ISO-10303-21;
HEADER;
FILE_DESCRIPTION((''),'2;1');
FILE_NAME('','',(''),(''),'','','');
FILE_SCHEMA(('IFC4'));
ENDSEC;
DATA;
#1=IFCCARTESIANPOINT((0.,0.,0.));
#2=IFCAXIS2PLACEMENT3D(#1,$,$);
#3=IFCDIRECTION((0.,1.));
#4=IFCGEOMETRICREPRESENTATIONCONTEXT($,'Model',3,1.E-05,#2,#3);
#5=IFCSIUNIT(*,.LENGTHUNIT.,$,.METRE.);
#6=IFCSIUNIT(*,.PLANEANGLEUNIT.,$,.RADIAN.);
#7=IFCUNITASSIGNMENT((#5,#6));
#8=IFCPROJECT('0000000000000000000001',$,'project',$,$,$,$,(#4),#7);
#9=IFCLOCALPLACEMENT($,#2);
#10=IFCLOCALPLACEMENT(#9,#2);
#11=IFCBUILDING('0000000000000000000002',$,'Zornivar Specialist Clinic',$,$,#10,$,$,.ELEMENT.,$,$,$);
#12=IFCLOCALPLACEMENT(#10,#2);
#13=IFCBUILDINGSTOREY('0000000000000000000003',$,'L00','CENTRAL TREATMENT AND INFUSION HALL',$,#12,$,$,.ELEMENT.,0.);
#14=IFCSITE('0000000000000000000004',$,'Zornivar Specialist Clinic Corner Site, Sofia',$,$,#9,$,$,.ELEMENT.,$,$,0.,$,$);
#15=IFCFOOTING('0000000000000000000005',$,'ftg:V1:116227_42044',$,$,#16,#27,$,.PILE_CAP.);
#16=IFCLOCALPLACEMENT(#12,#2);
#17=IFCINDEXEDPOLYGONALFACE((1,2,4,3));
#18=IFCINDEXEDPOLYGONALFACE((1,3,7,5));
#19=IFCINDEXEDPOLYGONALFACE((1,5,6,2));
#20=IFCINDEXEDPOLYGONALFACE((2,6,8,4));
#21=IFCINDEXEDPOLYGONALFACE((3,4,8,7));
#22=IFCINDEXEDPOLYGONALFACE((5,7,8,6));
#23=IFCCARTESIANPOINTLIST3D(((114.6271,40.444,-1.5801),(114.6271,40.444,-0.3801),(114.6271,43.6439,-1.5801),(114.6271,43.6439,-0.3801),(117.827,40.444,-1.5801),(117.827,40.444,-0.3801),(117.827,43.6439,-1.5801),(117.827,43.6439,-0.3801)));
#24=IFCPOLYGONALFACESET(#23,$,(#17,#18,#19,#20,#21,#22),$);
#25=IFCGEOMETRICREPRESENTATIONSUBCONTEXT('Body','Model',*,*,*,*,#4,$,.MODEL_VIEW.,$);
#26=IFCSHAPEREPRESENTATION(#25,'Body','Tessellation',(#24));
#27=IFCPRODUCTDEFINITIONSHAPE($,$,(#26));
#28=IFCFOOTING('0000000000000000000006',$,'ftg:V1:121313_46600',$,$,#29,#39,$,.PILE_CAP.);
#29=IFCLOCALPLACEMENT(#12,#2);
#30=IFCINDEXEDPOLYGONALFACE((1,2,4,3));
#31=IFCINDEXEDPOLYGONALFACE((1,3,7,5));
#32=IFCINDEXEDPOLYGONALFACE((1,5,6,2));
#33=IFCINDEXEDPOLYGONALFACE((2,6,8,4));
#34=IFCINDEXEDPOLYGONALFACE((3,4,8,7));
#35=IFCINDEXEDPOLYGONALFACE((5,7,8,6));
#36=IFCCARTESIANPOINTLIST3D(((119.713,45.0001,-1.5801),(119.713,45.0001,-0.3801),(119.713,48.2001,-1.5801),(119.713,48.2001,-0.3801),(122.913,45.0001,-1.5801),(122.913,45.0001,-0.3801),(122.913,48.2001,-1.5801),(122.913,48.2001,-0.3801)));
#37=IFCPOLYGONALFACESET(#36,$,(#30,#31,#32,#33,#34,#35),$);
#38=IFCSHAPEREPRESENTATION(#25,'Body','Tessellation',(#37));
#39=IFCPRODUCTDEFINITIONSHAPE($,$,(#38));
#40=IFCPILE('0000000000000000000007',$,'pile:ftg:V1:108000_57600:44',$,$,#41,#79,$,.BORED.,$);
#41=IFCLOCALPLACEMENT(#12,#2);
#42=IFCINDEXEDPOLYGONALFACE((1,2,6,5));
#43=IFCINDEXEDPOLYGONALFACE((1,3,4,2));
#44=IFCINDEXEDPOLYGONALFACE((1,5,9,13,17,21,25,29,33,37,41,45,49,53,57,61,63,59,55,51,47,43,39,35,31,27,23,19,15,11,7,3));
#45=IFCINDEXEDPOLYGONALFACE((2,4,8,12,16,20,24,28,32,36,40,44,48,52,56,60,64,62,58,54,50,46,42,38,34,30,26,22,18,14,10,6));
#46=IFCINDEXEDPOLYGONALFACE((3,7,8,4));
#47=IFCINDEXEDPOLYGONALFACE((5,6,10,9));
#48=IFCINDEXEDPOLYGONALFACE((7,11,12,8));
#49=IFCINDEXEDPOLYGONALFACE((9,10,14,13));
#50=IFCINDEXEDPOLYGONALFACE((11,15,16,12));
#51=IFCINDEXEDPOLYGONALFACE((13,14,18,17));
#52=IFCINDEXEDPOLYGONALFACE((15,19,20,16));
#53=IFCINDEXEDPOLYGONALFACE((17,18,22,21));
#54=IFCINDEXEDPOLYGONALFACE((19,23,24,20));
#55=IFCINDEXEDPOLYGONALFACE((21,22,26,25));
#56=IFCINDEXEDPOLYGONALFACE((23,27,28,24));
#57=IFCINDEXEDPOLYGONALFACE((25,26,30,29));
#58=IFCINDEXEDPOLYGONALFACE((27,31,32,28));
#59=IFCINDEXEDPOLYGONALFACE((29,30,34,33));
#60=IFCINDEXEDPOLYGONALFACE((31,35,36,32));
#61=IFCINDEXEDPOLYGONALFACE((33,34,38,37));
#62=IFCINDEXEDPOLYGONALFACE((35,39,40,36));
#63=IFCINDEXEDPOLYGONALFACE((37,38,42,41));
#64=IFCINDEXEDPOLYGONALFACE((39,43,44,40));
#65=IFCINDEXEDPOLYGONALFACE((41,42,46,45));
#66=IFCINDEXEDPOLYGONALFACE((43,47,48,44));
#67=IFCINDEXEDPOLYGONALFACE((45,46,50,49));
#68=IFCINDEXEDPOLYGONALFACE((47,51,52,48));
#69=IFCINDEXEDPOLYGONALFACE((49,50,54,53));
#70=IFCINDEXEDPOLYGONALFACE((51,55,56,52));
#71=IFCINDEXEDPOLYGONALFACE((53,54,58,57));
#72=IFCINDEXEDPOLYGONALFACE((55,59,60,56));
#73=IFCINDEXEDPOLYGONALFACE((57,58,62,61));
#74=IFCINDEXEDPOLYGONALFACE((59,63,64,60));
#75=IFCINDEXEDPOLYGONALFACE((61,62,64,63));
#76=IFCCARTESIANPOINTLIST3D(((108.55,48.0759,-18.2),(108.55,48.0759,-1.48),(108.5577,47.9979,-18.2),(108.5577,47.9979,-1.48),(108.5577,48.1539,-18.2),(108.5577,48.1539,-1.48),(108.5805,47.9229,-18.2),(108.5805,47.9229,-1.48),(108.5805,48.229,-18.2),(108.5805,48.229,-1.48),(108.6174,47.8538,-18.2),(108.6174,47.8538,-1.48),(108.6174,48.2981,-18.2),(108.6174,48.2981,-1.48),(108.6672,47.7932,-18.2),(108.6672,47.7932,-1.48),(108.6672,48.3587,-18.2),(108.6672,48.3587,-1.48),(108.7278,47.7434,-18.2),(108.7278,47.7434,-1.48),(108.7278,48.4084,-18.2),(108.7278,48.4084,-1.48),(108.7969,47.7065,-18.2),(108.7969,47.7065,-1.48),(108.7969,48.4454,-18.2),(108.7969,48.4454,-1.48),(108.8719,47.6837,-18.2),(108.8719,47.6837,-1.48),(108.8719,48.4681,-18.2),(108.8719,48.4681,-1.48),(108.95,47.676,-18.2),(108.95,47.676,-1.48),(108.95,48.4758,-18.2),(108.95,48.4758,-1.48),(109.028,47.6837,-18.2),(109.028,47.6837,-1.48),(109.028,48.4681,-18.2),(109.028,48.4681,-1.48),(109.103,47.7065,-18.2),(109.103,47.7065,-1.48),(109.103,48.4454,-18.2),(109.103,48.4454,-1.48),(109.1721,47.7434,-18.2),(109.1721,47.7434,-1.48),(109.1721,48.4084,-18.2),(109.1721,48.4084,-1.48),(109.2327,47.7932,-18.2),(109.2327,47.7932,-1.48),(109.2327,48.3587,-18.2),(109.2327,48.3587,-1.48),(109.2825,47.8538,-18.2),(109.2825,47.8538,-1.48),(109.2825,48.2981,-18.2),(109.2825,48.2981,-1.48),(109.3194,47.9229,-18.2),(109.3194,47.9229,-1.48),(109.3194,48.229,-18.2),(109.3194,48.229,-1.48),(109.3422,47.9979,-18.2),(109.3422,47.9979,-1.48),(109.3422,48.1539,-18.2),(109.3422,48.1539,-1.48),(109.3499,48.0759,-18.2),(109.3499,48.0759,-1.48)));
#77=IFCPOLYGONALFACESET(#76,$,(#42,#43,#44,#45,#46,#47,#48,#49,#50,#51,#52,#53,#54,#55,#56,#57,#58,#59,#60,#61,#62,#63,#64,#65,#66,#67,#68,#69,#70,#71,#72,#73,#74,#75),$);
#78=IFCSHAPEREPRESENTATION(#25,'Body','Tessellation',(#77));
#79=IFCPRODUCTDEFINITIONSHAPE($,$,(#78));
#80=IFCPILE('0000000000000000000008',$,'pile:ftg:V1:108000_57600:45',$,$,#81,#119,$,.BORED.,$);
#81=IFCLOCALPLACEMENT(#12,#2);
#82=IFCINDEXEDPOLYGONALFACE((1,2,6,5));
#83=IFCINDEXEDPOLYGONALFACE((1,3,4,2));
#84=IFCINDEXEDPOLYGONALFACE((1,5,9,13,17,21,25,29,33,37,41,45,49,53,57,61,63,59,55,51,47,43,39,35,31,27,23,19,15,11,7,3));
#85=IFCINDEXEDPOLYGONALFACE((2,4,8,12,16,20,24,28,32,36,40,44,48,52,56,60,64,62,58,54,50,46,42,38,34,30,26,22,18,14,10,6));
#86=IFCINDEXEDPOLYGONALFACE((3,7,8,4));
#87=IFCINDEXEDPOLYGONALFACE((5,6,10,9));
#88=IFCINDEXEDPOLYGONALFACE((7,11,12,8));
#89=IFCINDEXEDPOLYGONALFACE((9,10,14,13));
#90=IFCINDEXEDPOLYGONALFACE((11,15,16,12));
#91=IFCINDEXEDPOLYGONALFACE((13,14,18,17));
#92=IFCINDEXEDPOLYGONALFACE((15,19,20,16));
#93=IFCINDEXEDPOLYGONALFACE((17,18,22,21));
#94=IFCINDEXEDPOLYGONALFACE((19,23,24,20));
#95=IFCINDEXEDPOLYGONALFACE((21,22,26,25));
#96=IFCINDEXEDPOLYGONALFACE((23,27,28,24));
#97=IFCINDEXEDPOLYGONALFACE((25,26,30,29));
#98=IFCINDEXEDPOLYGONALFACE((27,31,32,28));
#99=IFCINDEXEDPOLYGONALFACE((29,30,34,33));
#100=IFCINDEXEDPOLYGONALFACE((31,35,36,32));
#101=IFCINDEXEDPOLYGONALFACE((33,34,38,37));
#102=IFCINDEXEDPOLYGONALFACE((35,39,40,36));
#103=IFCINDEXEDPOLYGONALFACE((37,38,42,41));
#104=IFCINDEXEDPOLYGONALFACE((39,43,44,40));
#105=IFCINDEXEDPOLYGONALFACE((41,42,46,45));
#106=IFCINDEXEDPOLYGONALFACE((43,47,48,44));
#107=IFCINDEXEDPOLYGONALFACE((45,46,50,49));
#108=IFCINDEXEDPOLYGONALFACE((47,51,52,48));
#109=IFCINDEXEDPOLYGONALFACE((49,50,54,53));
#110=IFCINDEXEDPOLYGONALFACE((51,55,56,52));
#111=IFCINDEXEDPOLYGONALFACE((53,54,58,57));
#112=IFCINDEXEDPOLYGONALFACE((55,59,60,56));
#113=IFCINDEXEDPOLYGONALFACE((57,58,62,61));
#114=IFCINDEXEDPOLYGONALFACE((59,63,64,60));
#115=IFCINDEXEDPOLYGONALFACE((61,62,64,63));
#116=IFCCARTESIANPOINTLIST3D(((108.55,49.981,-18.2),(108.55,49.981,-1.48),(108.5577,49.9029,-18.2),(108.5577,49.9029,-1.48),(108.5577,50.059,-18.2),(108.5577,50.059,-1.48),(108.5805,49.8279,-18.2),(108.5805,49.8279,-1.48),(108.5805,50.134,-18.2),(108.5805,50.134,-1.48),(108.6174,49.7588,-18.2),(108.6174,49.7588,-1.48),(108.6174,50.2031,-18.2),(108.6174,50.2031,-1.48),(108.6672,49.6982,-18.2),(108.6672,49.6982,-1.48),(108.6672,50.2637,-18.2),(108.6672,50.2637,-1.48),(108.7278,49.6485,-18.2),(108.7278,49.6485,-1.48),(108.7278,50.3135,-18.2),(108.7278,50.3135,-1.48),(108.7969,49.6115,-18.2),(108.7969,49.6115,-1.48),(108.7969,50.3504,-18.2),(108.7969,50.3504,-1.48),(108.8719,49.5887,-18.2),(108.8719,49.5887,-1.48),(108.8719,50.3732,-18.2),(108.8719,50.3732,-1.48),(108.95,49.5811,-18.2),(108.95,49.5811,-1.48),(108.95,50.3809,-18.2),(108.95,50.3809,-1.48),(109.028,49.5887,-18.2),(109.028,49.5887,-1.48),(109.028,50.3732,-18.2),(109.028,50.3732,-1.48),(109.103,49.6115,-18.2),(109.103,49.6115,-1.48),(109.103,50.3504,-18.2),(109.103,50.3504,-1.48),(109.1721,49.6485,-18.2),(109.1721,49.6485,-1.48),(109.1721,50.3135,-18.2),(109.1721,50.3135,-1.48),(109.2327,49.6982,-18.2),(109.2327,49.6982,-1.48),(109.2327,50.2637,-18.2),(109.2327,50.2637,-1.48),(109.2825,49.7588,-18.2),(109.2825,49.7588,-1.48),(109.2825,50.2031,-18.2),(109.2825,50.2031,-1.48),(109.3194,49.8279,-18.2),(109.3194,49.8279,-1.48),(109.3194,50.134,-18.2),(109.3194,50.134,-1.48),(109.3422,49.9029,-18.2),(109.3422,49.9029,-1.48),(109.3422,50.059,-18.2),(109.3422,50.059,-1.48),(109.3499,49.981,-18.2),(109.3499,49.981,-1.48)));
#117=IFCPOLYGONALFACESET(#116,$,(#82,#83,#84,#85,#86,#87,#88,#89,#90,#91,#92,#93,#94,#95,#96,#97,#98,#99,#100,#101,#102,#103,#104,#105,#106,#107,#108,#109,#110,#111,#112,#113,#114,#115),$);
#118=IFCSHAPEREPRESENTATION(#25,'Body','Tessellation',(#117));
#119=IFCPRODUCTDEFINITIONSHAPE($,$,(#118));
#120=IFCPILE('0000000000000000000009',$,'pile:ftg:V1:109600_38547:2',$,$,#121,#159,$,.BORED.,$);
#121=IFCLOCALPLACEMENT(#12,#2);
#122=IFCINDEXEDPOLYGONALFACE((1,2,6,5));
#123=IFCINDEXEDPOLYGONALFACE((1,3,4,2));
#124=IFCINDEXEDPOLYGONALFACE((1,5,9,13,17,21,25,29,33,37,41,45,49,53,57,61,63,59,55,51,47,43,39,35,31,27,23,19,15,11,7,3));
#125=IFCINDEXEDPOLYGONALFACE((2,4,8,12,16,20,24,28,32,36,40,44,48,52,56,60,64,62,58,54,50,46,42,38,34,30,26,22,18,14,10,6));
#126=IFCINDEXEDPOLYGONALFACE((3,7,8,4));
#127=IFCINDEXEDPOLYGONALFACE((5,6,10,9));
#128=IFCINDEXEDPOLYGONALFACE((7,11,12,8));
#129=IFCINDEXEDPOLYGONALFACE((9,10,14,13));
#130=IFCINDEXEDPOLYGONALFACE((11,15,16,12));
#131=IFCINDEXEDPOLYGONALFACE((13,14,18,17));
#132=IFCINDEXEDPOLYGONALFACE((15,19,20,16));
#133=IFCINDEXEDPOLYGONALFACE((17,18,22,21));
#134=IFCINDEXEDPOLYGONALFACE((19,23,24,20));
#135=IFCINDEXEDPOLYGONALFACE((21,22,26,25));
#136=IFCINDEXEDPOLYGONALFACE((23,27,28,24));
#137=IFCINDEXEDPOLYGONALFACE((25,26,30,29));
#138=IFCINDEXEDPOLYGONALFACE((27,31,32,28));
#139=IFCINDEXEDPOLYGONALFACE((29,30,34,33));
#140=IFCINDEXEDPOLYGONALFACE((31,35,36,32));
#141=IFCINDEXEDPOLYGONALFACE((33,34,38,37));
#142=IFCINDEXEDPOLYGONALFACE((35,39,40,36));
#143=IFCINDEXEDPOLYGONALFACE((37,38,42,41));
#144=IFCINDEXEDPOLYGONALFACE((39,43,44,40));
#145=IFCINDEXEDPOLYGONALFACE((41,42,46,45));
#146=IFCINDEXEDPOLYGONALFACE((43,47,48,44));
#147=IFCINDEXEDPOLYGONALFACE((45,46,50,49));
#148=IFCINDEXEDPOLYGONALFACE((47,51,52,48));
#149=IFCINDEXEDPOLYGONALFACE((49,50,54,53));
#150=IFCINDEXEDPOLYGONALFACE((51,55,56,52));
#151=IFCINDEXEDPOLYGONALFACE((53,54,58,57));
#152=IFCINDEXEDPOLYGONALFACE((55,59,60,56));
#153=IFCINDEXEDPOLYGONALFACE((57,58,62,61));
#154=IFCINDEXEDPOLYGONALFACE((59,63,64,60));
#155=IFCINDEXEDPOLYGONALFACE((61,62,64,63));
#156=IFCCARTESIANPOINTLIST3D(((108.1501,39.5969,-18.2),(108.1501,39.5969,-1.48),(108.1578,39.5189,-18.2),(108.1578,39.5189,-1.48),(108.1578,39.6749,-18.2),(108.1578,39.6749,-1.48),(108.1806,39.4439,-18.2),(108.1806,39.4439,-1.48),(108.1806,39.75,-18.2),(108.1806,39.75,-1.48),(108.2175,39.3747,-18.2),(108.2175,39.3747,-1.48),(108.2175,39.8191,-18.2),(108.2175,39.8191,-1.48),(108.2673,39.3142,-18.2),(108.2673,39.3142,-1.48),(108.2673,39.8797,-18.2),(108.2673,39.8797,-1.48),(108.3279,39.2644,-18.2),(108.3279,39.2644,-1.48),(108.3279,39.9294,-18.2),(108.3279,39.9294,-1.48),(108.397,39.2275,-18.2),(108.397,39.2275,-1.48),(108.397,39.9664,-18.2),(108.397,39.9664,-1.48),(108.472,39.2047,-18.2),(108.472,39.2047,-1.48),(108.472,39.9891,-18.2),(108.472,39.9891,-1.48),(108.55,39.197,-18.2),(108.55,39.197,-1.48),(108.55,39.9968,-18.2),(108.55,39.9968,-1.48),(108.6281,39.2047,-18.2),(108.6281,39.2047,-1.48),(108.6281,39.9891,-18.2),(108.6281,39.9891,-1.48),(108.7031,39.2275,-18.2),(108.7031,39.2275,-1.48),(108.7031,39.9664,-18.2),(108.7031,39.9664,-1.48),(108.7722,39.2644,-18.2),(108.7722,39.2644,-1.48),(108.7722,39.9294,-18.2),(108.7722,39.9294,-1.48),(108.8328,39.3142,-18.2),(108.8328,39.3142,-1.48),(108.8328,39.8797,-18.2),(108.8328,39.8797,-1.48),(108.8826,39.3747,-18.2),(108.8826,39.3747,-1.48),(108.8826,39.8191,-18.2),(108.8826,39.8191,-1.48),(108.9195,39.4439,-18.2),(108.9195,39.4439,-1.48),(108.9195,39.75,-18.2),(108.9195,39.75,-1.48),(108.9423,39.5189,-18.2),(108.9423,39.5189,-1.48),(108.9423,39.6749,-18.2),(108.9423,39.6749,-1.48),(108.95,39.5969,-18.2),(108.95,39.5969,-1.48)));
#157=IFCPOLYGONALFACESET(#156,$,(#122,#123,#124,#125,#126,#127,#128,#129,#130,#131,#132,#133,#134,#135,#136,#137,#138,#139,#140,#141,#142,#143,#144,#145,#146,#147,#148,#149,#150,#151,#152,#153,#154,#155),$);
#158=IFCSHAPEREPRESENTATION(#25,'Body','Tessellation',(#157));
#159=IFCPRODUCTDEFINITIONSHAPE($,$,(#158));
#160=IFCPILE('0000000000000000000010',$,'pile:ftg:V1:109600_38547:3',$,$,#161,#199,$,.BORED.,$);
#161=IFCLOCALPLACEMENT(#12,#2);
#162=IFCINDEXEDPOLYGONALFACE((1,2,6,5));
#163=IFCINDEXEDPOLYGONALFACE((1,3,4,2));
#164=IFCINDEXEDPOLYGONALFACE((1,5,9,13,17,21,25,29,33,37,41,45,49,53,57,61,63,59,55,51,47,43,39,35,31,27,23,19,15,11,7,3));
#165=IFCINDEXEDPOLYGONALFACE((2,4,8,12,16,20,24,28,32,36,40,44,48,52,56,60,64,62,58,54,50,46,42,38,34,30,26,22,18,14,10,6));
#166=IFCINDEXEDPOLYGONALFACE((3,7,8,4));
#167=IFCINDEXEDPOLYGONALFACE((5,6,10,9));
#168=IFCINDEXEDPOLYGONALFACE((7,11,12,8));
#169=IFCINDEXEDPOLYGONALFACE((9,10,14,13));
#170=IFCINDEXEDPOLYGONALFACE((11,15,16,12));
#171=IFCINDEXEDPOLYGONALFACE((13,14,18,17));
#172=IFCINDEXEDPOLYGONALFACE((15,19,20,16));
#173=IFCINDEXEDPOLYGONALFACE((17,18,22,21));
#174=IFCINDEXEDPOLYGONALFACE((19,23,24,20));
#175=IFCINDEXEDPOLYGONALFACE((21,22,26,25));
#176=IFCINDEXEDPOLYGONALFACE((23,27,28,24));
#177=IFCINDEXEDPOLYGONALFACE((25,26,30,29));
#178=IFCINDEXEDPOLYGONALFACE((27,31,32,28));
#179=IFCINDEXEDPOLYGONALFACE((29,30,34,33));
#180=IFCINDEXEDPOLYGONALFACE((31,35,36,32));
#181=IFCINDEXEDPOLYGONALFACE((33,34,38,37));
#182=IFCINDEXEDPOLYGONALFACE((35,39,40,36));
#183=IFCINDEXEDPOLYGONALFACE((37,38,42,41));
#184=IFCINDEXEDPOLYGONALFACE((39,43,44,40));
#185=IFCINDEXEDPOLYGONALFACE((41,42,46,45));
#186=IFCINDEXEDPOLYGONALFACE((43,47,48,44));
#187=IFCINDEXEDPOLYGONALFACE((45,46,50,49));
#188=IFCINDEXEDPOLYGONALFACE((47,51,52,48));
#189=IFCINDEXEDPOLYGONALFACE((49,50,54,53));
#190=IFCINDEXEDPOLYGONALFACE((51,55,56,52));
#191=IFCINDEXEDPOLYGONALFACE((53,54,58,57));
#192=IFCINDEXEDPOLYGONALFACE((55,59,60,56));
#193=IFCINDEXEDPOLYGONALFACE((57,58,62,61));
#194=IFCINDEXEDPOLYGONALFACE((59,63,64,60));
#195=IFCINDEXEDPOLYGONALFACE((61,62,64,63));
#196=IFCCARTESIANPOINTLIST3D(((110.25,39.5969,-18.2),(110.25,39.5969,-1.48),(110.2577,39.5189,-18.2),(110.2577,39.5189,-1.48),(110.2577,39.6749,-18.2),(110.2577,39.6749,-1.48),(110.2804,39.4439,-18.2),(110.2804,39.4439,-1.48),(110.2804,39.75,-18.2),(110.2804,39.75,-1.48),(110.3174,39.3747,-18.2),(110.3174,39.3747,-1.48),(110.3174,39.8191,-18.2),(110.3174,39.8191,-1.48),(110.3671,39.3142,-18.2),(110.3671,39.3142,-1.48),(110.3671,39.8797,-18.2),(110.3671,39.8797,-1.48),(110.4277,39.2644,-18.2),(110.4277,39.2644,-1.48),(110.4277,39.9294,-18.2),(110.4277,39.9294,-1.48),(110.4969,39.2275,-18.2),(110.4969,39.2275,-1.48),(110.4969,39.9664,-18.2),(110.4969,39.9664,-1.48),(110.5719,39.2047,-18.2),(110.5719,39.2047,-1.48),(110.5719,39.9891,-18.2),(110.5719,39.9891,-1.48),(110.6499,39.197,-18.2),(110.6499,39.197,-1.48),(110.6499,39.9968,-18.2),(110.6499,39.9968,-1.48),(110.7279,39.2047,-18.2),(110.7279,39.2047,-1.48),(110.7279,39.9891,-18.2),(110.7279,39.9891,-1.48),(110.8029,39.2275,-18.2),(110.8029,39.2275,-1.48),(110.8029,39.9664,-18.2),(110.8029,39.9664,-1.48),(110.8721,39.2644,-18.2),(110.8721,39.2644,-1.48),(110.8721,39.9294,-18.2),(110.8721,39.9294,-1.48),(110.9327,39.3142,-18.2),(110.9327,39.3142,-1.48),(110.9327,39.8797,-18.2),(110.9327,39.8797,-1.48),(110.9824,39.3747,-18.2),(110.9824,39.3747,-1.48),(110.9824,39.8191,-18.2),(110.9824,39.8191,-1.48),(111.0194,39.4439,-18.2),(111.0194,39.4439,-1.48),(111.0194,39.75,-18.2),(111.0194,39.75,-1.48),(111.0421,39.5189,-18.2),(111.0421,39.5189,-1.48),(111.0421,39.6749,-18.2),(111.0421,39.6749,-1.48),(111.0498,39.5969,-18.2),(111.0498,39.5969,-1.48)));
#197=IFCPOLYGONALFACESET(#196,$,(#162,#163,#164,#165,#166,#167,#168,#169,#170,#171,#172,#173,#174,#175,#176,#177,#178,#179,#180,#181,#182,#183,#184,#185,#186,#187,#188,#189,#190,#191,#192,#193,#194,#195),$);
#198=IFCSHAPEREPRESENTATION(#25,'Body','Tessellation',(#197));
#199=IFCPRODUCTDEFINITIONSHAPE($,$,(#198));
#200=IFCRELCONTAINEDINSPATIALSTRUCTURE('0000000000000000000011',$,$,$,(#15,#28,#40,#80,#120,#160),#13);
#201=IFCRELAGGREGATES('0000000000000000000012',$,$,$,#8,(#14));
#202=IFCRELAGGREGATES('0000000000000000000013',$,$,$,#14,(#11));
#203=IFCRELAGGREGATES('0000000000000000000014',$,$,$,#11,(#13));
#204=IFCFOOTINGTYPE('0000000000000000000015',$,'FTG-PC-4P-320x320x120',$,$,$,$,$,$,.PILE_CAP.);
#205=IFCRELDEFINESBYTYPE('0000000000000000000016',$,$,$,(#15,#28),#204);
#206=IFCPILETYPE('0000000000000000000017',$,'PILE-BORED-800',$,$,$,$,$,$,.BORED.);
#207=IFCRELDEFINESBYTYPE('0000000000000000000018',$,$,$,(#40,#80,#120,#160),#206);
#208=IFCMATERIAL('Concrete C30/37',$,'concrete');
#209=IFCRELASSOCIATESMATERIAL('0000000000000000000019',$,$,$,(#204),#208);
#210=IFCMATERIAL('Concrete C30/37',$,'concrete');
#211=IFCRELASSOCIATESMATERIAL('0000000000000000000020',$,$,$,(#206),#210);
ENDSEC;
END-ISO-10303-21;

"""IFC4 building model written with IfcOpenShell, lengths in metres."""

from ifc_helpers import new_model, si_unit, direction, frame, origin, origin_2d, place, context, subcontext, project, spatial, rectangle, circle, extrude, material, material_profile, profile_set, type_object, element, save


model = new_model("IFC4")

# Units and contexts
model_context = context("Model", 3, precision=1e-05, world=origin(), true_north=direction((0.0, 1.0)))
body_context = subcontext(model_context, "Body", "Model", "MODEL_VIEW")
ifc_project = project(units=[si_unit("LENGTHUNIT", "METRE"), si_unit("PLANEANGLEUNIT", "RADIAN")], contexts=[model_context])

# Site, building, storey
site_placement = place(None, origin())
site = spatial("IfcSite", under=ifc_project, at=site_placement, Name="Zornivar Specialist Clinic Corner Site, Sofia", CompositionType="ELEMENT", RefElevation=0.0)
building_placement = place(site_placement, origin())
building = spatial("IfcBuilding", under=site, at=building_placement, Name="Zornivar Specialist Clinic", CompositionType="ELEMENT")
storey_placement = place(building_placement, origin())
storey = spatial("IfcBuildingStorey", under=building, at=storey_placement, Name="L00", Description="CENTRAL TREATMENT AND INFUSION HALL", CompositionType="ELEMENT", Elevation=0.0)

# Footings
ifc_material_1 = material(Name="Concrete C30/37", Category="concrete")
footing_type = type_object("IfcFootingType", Name="FTG-PC-4P-320x320x120", PredefinedType="PILE_CAP", material=ifc_material_1)
for number, where, z_axis, x_axis, name in (
    (1, (116.2271, 42.0439, -1.5801), (0.0, 0.0, 1.0), (1.0, 0.0, 0.0), "ftg:V1:116227_42044"),
    (2, (121.313, 46.6001, -1.5801), (0.0, 0.0, 1.0), (1.0, 0.0, 0.0), "ftg:V1:121313_46600"),
):
    element("IfcFooting", number, at=place(storey_placement, frame(where, z_axis=z_axis, x_axis=x_axis)), inside=storey, type_object=footing_type, Name=name, PredefinedType="PILE_CAP", context=body_context, shape_type="SweptSolid", body=[
        extrude(rectangle(XDim=3.2, YDim=3.2, at=origin_2d()), origin(), (0.0, 0.0, 1.0), 1.2),
    ])

# Piles
ifc_material_2 = material(Name="Concrete C30/37", Category="concrete")
ifc_material_profile_1 = material_profile(ifc_material_2, circle(Radius=0.3999, at=origin_2d()), Name="PILE D800")
ifc_profile_set_1 = profile_set([ifc_material_profile_1], Name="Concrete C30/37")
pile_type = type_object("IfcPileType", Name="PILE-BORED-800", PredefinedType="BORED", material=ifc_profile_set_1)
for number, where, z_axis, x_axis, name in (
    (3, (108.95, 48.0759, -1.48), (0.0, 0.0, -1.0), (1.0, 0.0, 0.0), "pile:ftg:V1:108000_57600:44"),
    (4, (108.95, 49.981, -1.48), (0.0, 0.0, -1.0), (1.0, 0.0, 0.0), "pile:ftg:V1:108000_57600:45"),
    (5, (108.55, 39.5969, -1.48), (0.0, 0.0, -1.0), (1.0, 0.0, 0.0), "pile:ftg:V1:109600_38547:2"),
    (6, (110.6499, 39.5969, -1.48), (0.0, 0.0, -1.0), (1.0, 0.0, 0.0), "pile:ftg:V1:109600_38547:3"),
):
    element("IfcPile", number, at=place(storey_placement, frame(where, z_axis=z_axis, x_axis=x_axis)), inside=storey, type_object=pile_type, Name=name, PredefinedType="BORED", context=body_context, shape_type="SweptSolid", body=[
        extrude(circle(Radius=0.3999, at=origin_2d()), origin(), (0.0, 0.0, 1.0), 16.72),
    ])

save(model, "model.ifc")
